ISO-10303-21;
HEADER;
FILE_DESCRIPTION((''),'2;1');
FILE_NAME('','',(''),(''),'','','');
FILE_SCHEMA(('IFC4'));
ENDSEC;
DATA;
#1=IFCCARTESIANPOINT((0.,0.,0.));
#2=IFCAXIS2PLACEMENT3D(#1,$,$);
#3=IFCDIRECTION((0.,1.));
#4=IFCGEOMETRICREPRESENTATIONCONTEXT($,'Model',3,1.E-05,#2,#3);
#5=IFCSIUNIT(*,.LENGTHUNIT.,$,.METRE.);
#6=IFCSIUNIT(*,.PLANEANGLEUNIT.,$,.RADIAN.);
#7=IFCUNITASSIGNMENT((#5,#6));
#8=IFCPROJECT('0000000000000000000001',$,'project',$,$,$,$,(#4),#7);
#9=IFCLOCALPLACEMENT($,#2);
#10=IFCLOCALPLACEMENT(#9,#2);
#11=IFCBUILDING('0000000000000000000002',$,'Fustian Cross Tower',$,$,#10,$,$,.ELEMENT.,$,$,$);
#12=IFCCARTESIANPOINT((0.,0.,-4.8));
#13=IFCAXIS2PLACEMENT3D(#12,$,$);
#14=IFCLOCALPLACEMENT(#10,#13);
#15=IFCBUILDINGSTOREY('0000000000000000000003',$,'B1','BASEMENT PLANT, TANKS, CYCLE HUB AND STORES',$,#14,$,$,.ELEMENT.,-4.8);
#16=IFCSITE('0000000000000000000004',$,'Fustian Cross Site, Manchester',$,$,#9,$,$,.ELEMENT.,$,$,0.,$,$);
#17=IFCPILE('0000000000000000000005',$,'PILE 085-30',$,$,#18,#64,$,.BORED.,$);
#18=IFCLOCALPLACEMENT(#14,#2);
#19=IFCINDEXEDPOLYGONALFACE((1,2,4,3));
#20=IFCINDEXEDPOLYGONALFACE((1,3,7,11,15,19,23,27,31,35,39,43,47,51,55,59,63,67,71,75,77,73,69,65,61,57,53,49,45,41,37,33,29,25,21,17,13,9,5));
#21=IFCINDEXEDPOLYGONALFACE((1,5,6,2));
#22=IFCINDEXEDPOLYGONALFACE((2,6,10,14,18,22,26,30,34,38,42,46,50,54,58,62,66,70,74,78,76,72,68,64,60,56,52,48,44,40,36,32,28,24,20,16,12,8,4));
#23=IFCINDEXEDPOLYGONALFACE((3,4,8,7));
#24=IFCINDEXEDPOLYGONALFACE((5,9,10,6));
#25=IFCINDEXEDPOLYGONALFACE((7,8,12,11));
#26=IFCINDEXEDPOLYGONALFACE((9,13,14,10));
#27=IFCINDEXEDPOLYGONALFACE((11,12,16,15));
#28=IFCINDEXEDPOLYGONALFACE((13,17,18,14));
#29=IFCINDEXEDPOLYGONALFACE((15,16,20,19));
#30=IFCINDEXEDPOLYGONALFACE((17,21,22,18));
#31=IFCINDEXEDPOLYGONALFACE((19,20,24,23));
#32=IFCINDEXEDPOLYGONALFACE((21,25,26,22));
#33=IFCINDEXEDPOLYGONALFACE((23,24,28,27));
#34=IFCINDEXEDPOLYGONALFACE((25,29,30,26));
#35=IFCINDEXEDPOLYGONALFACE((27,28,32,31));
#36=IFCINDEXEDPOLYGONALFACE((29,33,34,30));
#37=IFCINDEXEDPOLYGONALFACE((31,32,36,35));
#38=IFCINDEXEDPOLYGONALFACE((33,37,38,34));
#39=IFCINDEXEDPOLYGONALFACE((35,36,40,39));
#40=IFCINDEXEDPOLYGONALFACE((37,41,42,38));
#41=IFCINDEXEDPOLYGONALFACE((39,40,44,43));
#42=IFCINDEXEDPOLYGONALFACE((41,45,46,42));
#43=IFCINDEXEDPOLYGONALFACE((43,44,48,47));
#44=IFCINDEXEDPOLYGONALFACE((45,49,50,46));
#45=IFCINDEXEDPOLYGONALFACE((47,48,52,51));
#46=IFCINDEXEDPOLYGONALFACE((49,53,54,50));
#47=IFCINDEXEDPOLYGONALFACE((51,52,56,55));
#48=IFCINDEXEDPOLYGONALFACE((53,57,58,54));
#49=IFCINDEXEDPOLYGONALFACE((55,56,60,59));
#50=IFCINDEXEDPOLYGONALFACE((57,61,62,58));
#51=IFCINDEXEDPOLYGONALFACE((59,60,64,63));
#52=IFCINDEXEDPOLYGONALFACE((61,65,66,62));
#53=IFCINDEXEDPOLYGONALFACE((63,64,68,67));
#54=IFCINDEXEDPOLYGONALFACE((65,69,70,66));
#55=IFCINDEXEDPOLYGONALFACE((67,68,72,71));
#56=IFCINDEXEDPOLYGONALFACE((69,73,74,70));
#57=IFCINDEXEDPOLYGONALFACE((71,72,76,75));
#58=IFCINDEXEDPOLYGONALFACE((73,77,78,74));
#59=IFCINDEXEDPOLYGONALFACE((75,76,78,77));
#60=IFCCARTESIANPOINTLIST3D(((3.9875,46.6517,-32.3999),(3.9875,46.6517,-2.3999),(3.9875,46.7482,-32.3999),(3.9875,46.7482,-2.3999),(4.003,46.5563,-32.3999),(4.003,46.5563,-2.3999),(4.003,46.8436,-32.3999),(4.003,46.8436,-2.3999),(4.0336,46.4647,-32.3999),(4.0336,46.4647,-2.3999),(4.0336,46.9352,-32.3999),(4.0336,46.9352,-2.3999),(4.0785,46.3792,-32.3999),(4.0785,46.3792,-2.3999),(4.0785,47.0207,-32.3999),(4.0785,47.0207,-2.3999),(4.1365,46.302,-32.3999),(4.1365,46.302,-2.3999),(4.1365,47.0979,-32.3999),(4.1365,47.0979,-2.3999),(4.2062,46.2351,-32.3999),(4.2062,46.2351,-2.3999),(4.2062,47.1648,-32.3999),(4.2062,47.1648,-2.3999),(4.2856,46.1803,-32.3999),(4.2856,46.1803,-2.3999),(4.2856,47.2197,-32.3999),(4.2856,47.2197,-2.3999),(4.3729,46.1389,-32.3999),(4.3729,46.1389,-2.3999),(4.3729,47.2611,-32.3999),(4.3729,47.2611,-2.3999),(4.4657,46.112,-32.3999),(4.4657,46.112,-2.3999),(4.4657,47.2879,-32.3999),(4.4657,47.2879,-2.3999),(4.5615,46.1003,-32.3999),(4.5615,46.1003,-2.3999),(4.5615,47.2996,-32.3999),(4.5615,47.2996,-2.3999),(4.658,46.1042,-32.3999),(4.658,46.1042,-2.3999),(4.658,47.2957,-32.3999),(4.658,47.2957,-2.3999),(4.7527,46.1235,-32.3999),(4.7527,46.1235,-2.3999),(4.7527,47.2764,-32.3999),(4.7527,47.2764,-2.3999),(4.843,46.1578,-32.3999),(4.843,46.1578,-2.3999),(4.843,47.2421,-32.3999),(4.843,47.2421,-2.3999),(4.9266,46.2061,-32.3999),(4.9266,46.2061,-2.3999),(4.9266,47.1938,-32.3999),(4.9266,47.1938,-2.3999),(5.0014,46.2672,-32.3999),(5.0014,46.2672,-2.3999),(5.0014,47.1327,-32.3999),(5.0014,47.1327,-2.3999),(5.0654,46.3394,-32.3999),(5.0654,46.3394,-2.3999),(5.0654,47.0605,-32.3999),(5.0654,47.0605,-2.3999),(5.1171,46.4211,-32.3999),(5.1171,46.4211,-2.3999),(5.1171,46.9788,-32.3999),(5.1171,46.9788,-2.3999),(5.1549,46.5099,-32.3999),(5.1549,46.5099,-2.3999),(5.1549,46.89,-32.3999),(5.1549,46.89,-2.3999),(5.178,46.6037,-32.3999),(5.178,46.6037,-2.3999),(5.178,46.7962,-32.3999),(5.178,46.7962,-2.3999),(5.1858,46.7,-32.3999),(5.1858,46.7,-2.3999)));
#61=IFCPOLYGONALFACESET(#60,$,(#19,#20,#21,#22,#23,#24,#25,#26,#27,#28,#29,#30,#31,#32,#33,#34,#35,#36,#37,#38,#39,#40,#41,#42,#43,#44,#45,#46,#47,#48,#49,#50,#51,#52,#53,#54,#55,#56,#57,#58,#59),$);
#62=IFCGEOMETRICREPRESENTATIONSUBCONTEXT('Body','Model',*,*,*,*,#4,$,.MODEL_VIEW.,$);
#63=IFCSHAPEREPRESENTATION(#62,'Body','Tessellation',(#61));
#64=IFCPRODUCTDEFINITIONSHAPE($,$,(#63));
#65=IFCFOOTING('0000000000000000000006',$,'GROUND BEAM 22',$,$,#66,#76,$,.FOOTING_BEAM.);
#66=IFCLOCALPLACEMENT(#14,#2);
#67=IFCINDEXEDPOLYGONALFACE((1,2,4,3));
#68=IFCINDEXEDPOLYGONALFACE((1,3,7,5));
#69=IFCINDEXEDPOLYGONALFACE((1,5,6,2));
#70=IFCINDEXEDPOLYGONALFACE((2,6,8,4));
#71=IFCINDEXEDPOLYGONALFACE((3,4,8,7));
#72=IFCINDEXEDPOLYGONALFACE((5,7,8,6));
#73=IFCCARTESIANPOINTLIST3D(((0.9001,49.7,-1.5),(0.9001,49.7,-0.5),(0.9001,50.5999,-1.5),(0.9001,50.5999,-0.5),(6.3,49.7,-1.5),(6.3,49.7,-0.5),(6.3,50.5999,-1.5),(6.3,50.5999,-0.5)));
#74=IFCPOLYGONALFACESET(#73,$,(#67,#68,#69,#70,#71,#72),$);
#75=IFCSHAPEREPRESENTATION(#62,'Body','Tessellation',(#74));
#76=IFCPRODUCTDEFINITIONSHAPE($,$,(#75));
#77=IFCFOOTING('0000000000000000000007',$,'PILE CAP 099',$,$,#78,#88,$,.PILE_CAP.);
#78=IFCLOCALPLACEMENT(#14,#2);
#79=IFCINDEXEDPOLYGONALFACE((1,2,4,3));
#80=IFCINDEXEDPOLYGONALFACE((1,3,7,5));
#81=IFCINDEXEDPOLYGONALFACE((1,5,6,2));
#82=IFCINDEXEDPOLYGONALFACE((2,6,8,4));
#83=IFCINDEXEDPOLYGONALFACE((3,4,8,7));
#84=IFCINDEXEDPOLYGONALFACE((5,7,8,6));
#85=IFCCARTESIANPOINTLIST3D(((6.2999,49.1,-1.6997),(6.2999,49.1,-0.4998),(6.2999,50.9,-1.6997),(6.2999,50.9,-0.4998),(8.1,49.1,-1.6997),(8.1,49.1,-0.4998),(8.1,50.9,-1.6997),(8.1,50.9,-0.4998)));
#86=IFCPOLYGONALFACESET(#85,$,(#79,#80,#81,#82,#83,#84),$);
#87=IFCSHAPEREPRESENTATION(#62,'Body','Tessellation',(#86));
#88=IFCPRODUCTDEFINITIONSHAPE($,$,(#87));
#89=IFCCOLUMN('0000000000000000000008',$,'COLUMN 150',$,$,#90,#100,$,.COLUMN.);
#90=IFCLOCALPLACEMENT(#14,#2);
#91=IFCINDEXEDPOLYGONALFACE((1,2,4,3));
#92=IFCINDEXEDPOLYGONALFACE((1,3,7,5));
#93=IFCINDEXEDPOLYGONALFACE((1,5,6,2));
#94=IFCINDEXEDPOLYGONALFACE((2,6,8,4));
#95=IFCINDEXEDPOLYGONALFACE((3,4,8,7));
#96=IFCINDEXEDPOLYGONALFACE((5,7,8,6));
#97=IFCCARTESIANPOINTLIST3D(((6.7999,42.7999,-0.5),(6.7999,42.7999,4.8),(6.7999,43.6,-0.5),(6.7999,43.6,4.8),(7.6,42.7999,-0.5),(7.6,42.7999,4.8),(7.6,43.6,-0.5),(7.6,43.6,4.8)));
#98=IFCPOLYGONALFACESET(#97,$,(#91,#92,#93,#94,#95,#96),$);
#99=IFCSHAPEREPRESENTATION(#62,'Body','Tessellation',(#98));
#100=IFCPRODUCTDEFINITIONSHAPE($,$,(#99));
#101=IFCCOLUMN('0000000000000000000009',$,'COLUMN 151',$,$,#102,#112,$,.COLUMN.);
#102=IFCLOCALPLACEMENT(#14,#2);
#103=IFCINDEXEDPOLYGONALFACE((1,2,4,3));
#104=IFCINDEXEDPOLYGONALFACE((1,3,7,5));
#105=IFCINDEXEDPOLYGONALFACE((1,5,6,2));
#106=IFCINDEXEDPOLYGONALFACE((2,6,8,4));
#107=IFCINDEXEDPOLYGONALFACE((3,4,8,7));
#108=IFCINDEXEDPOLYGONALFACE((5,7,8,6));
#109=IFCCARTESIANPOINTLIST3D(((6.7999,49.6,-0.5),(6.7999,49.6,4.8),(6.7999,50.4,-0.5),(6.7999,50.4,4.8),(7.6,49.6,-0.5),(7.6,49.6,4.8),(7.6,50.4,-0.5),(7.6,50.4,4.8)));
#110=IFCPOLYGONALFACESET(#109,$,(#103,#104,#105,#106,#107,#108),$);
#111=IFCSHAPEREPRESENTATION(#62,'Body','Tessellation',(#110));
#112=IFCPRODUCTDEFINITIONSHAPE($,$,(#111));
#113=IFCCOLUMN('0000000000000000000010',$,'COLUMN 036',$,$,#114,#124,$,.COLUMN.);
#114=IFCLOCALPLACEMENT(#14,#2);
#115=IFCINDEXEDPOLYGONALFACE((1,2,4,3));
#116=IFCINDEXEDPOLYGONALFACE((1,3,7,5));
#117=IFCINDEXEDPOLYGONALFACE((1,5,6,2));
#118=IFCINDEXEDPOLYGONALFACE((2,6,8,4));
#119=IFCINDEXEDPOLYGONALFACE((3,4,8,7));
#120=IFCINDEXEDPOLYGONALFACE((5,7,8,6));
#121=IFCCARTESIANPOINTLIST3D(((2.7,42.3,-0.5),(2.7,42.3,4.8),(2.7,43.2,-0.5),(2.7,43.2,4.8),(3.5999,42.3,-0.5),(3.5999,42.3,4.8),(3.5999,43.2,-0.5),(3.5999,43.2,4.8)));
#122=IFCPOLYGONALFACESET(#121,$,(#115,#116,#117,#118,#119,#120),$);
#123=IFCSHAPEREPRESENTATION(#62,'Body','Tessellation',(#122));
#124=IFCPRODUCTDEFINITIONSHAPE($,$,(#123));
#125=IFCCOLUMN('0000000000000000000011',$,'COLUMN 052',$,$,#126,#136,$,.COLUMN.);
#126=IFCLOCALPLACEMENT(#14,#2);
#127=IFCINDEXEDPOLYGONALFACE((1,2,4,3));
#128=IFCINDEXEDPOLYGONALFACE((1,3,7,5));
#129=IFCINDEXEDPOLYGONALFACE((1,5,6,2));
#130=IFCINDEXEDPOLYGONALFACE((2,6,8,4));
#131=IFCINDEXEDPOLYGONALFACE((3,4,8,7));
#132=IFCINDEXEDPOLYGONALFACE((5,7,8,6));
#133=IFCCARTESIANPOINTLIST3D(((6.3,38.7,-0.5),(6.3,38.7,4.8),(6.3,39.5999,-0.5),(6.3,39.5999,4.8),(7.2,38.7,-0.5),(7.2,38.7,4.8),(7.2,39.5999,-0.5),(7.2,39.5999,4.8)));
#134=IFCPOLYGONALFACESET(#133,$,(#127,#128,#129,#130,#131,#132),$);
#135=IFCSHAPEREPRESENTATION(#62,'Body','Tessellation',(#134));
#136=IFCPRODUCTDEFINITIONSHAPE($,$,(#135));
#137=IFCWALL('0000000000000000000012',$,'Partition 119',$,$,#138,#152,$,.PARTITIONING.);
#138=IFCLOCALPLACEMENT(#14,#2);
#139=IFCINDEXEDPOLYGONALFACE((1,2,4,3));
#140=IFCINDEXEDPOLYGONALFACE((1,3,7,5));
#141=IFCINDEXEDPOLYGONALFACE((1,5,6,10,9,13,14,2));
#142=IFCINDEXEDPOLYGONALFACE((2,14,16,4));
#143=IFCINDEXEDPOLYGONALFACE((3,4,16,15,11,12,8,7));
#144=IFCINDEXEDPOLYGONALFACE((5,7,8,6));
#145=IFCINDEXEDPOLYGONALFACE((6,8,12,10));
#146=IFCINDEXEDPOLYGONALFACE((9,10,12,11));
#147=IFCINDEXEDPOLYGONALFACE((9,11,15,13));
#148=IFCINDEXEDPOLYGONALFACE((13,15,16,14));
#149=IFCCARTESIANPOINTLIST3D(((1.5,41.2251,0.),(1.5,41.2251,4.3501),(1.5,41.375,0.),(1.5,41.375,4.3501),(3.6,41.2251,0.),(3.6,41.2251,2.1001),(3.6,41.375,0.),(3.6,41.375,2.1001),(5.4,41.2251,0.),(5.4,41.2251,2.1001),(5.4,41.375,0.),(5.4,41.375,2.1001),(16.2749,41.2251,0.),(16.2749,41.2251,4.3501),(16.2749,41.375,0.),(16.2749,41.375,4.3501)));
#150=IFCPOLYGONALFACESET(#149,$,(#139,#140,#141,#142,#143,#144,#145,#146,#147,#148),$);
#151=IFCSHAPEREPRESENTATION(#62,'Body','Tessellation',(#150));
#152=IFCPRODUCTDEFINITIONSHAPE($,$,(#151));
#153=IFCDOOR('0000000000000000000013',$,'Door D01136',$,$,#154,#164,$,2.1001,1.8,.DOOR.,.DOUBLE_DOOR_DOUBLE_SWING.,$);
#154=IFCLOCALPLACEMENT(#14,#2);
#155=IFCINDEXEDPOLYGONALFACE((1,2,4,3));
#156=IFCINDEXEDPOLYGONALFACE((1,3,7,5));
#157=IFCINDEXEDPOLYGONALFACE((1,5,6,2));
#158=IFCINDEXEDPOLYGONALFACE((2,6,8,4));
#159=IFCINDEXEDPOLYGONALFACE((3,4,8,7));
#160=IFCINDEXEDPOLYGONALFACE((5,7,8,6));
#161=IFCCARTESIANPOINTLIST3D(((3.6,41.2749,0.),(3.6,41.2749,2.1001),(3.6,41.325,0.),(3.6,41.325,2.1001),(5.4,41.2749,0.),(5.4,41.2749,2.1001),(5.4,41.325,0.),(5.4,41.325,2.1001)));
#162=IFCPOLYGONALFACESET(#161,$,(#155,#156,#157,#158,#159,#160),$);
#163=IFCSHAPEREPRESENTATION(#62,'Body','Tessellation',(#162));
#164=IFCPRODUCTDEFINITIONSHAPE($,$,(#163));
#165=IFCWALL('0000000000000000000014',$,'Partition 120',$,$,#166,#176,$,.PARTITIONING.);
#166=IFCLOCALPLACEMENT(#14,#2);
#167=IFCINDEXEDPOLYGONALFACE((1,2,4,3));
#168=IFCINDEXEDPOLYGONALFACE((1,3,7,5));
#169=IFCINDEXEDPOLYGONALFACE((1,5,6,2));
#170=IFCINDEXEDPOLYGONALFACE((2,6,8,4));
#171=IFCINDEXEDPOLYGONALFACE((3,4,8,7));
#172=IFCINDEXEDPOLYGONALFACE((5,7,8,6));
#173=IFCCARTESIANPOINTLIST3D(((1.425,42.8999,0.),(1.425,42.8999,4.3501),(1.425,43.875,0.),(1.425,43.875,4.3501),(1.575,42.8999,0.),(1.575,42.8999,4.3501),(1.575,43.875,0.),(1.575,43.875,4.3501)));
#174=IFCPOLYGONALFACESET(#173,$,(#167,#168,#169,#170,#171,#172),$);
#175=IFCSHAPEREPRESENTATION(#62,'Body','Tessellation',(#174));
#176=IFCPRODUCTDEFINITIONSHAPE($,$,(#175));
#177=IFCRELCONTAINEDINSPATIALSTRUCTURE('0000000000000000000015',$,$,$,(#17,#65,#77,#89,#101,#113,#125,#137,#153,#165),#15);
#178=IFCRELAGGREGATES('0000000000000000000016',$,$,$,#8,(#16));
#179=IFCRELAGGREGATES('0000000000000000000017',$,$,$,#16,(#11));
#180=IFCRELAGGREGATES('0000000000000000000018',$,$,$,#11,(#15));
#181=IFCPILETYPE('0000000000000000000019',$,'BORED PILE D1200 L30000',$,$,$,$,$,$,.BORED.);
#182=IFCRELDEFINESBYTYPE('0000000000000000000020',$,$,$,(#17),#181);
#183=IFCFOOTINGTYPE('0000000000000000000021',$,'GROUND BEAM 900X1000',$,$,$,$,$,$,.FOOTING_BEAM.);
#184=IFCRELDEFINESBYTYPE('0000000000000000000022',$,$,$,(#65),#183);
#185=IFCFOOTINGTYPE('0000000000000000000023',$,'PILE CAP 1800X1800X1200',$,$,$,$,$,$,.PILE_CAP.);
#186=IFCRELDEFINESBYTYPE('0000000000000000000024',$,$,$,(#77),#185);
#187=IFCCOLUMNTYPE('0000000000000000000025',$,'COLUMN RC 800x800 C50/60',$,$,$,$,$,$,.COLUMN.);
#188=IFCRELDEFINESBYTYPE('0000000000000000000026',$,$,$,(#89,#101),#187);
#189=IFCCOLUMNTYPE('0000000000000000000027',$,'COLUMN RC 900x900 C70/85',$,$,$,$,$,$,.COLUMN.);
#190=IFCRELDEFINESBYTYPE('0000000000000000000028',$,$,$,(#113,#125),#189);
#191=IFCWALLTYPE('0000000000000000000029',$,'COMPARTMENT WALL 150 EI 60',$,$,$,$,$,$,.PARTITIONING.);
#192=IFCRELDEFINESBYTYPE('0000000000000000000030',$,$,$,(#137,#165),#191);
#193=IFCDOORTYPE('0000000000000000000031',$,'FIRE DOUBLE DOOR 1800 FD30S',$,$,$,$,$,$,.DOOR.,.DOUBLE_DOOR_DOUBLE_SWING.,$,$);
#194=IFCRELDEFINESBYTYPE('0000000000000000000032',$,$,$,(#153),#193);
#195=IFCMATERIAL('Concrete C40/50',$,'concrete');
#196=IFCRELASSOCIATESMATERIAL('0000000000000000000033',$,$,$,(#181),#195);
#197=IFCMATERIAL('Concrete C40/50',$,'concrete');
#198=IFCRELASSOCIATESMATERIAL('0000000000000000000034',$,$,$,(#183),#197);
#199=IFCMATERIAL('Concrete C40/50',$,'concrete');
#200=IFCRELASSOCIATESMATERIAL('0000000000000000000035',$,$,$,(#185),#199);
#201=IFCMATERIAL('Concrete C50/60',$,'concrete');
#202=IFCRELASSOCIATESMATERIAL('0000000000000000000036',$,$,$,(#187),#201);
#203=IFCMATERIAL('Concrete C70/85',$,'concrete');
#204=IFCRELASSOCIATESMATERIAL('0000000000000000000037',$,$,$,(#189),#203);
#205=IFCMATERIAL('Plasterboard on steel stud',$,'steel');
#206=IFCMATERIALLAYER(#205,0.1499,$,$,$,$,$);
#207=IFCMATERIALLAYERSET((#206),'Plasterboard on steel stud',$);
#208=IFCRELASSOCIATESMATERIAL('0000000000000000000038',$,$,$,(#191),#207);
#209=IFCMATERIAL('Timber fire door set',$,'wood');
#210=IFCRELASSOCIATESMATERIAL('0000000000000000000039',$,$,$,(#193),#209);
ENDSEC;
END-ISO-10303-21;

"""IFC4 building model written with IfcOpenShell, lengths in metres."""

from ifc_helpers import new_model, si_unit, direction, frame, frame_2d, origin, origin_2d, place, context, subcontext, project, spatial, rectangle, circle, extrude, material, layer, layer_set, material_profile, profile_set, type_object, element, fill, save


model = new_model("IFC4")

# Units and contexts
model_context = context("Model", 3, precision=1e-05, world=origin(), true_north=direction((0.0, 1.0)))
body_context = subcontext(model_context, "Body", "Model", "MODEL_VIEW")
ifc_project = project(units=[si_unit("LENGTHUNIT", "METRE"), si_unit("PLANEANGLEUNIT", "RADIAN")], contexts=[model_context])

# Site, building, storey
site_placement = place(None, origin())
site = spatial("IfcSite", under=ifc_project, at=site_placement, Name="Fustian Cross Site, Manchester", CompositionType="ELEMENT", RefElevation=0.0)
building_placement = place(site_placement, origin())
building = spatial("IfcBuilding", under=site, at=building_placement, Name="Fustian Cross Tower", CompositionType="ELEMENT")
storey_placement = place(building_placement, frame((0.0, 0.0, -4.8)))
storey = spatial("IfcBuildingStorey", under=building, at=storey_placement, Name="B1", Description="BASEMENT PLANT, TANKS, CYCLE HUB AND STORES", CompositionType="ELEMENT", Elevation=-4.8)

# Pile
ifc_material_1 = material(Name="Concrete C40/50", Category="concrete")
ifc_material_profile_1 = material_profile(ifc_material_1, circle(Radius=0.6001, at=origin_2d()), Name="BORED PILE D1200 L30000")
ifc_profile_set_1 = profile_set([ifc_material_profile_1], Name="Concrete C40/50")
pile_type_1 = type_object("IfcPileType", Name="BORED PILE D1200 L30000", PredefinedType="BORED", material=ifc_profile_set_1)
for number, where, z_axis, x_axis, name in (
    (1, (4.5857, 46.7, -2.3999), (0.0, 0.0, -1.0), (1.0, 0.0, 0.0), "PILE 085-30"),
):
    element("IfcPile", number, at=place(storey_placement, frame(where, z_axis=z_axis, x_axis=x_axis)), inside=storey, type_object=pile_type_1, Name=name, PredefinedType="BORED", context=body_context, shape_type="SweptSolid", body=[
        extrude(circle(Radius=0.6001, at=origin_2d()), origin(), (0.0, 0.0, 1.0), 30.0),
    ])

# Footings
ifc_material_2 = material(Name="Concrete C40/50", Category="concrete")
footing_type_1 = type_object("IfcFootingType", Name="GROUND BEAM 900X1000", PredefinedType="FOOTING_BEAM", material=ifc_material_2)
footing_1_placement = place(storey_placement, frame((3.6001, 50.1499, -1.5), z_axis=(0.0, 0.0, 1.0), x_axis=(1.0, 0.0, 0.0)))
element("IfcFooting", 2, at=footing_1_placement, inside=storey, type_object=footing_type_1, Name="GROUND BEAM 22", PredefinedType="FOOTING_BEAM", context=body_context, shape_type="SweptSolid", body=[
    extrude(rectangle(XDim=5.3999, YDim=0.8999, at=origin_2d()), origin(), (0.0, 0.0, 1.0), 1.0),
])
ifc_material_3 = material(Name="Concrete C40/50", Category="concrete")
footing_type_2 = type_object("IfcFootingType", Name="PILE CAP 1800X1800X1200", PredefinedType="PILE_CAP", material=ifc_material_3)
footing_2_placement = place(storey_placement, frame((7.2, 50.0, -1.6997), z_axis=(0.0, 0.0, 1.0), x_axis=(1.0, 0.0, 0.0)))
element("IfcFooting", 3, at=footing_2_placement, inside=storey, type_object=footing_type_2, Name="PILE CAP 099", PredefinedType="PILE_CAP", context=body_context, shape_type="SweptSolid", body=[
    extrude(rectangle(XDim=1.8, YDim=1.8, at=origin_2d()), origin(), (0.0, 0.0, 1.0), 1.2),
])

# Columns
ifc_material_4 = material(Name="Concrete C50/60", Category="concrete")
ifc_material_profile_2 = material_profile(ifc_material_4, rectangle(XDim=0.8, YDim=0.8, at=origin_2d()), Name="RC 800x800")
ifc_profile_set_2 = profile_set([ifc_material_profile_2], Name="Concrete C50/60")
column_type_1 = type_object("IfcColumnType", Name="COLUMN RC 800x800 C50/60", PredefinedType="COLUMN", material=ifc_profile_set_2)
for number, where, z_axis, x_axis, name in (
    (4, (7.2, 43.2, -0.5), (0.0, 0.0, 1.0), (1.0, 0.0, 0.0), "COLUMN 150"),
    (5, (7.2, 50.0, -0.5), (0.0, 0.0, 1.0), (1.0, 0.0, 0.0), "COLUMN 151"),
):
    element("IfcColumn", number, at=place(storey_placement, frame(where, z_axis=z_axis, x_axis=x_axis)), inside=storey, type_object=column_type_1, Name=name, PredefinedType="COLUMN", context=body_context, shape_type="SweptSolid", body=[
        extrude(rectangle(XDim=0.8, YDim=0.8, at=origin_2d()), origin(), (0.0, 0.0, 1.0), 5.3),
    ])
ifc_material_5 = material(Name="Concrete C70/85", Category="concrete")
ifc_material_profile_3 = material_profile(ifc_material_5, rectangle(XDim=0.8999, YDim=0.8999, at=origin_2d()), Name="RC 900x900")
ifc_profile_set_3 = profile_set([ifc_material_profile_3], Name="Concrete C70/85")
column_type_2 = type_object("IfcColumnType", Name="COLUMN RC 900x900 C70/85", PredefinedType="COLUMN", material=ifc_profile_set_3)
for number, where, z_axis, x_axis, name in (
    (6, (3.1499, 42.75, -0.5), (0.0, 0.0, 1.0), (1.0, 0.0, 0.0), "COLUMN 036"),
    (7, (6.75, 39.1499, -0.5), (0.0, 0.0, 1.0), (1.0, 0.0, 0.0), "COLUMN 052"),
):
    element("IfcColumn", number, at=place(storey_placement, frame(where, z_axis=z_axis, x_axis=x_axis)), inside=storey, type_object=column_type_2, Name=name, PredefinedType="COLUMN", context=body_context, shape_type="SweptSolid", body=[
        extrude(rectangle(XDim=0.8999, YDim=0.8999, at=origin_2d()), origin(), (0.0, 0.0, 1.0), 5.3),
    ])

# Wall, opening, door
ifc_material_6 = material(Name="Plasterboard on steel stud", Category="steel")
ifc_layer_1 = layer(ifc_material_6, 0.1499)
ifc_layer_set_1 = layer_set([ifc_layer_1], Name="Plasterboard on steel stud")
wall_type_1 = type_object("IfcWallType", Name="COMPARTMENT WALL 150 EI 60", PredefinedType="PARTITIONING", material=ifc_layer_set_1)
wall_1_placement = place(storey_placement, frame((1.5, 41.3, 0.0), z_axis=(0.0, 0.0, 1.0), x_axis=(1.0, 0.0, 0.0)))
wall_1 = element("IfcWall", 8, at=wall_1_placement, inside=storey, type_object=wall_type_1, Name="Partition 119", PredefinedType="PARTITIONING", context=body_context, shape_type="SweptSolid", body=[
    extrude(rectangle(XDim=14.7749, YDim=0.1499, at=frame_2d((7.3875, 0.0))), origin(), (0.0, 0.0, 1.0), 4.3501),
])
opening_1_placement = place(wall_1_placement, frame((2.1001, 0.0, 0.0)))
opening_1 = element("IfcOpeningElement", 9, at=opening_1_placement, cuts=wall_1, PredefinedType="OPENING", context=body_context, shape_type="SweptSolid", body=[
    extrude(rectangle(XDim=1.8, YDim=2.1001, at=frame_2d((0.8999, 1.05))), frame((0.0, 0.085, 0.0), z_axis=(0.0, -1.0, 0.0), x_axis=(1.0, 0.0, 0.0)), (0.0, 0.0, 1.0), 0.1699),
])
ifc_material_7 = material(Name="Timber fire door set", Category="wood")
door_type_1 = type_object("IfcDoorType", Name="FIRE DOUBLE DOOR 1800 FD30S", OperationType="DOUBLE_DOOR_DOUBLE_SWING", PredefinedType="DOOR", material=ifc_material_7)
door_1_placement = place(opening_1_placement, origin())
door_1 = element("IfcDoor", 10, at=door_1_placement, inside=storey, type_object=door_type_1, Name="Door D01136", OperationType="DOUBLE_DOOR_DOUBLE_SWING", OverallHeight=2.1001, OverallWidth=1.8, PredefinedType="DOOR", context=body_context, shape_type="SweptSolid", body=[
    extrude(rectangle(XDim=1.8, YDim=2.1001, at=frame_2d((0.8999, 1.05))), frame((0.0, 0.0249, 0.0), z_axis=(0.0, -1.0, 0.0), x_axis=(1.0, 0.0, 0.0)), (0.0, 0.0, 1.0), 0.05),
])
fill(opening_1, door_1)

# Wall
wall_2_placement = place(storey_placement, frame((1.5, 42.8999, 0.0), z_axis=(0.0, 0.0, 1.0), x_axis=(0.0, 1.0, 0.0)))
element("IfcWall", 11, at=wall_2_placement, inside=storey, type_object=wall_type_1, Name="Partition 120", PredefinedType="PARTITIONING", context=body_context, shape_type="SweptSolid", body=[
    extrude(rectangle(XDim=0.9751, YDim=0.1499, at=frame_2d((0.4875, 0.0))), origin(), (0.0, 0.0, 1.0), 4.3501),
])

save(model, "model.ifc")
